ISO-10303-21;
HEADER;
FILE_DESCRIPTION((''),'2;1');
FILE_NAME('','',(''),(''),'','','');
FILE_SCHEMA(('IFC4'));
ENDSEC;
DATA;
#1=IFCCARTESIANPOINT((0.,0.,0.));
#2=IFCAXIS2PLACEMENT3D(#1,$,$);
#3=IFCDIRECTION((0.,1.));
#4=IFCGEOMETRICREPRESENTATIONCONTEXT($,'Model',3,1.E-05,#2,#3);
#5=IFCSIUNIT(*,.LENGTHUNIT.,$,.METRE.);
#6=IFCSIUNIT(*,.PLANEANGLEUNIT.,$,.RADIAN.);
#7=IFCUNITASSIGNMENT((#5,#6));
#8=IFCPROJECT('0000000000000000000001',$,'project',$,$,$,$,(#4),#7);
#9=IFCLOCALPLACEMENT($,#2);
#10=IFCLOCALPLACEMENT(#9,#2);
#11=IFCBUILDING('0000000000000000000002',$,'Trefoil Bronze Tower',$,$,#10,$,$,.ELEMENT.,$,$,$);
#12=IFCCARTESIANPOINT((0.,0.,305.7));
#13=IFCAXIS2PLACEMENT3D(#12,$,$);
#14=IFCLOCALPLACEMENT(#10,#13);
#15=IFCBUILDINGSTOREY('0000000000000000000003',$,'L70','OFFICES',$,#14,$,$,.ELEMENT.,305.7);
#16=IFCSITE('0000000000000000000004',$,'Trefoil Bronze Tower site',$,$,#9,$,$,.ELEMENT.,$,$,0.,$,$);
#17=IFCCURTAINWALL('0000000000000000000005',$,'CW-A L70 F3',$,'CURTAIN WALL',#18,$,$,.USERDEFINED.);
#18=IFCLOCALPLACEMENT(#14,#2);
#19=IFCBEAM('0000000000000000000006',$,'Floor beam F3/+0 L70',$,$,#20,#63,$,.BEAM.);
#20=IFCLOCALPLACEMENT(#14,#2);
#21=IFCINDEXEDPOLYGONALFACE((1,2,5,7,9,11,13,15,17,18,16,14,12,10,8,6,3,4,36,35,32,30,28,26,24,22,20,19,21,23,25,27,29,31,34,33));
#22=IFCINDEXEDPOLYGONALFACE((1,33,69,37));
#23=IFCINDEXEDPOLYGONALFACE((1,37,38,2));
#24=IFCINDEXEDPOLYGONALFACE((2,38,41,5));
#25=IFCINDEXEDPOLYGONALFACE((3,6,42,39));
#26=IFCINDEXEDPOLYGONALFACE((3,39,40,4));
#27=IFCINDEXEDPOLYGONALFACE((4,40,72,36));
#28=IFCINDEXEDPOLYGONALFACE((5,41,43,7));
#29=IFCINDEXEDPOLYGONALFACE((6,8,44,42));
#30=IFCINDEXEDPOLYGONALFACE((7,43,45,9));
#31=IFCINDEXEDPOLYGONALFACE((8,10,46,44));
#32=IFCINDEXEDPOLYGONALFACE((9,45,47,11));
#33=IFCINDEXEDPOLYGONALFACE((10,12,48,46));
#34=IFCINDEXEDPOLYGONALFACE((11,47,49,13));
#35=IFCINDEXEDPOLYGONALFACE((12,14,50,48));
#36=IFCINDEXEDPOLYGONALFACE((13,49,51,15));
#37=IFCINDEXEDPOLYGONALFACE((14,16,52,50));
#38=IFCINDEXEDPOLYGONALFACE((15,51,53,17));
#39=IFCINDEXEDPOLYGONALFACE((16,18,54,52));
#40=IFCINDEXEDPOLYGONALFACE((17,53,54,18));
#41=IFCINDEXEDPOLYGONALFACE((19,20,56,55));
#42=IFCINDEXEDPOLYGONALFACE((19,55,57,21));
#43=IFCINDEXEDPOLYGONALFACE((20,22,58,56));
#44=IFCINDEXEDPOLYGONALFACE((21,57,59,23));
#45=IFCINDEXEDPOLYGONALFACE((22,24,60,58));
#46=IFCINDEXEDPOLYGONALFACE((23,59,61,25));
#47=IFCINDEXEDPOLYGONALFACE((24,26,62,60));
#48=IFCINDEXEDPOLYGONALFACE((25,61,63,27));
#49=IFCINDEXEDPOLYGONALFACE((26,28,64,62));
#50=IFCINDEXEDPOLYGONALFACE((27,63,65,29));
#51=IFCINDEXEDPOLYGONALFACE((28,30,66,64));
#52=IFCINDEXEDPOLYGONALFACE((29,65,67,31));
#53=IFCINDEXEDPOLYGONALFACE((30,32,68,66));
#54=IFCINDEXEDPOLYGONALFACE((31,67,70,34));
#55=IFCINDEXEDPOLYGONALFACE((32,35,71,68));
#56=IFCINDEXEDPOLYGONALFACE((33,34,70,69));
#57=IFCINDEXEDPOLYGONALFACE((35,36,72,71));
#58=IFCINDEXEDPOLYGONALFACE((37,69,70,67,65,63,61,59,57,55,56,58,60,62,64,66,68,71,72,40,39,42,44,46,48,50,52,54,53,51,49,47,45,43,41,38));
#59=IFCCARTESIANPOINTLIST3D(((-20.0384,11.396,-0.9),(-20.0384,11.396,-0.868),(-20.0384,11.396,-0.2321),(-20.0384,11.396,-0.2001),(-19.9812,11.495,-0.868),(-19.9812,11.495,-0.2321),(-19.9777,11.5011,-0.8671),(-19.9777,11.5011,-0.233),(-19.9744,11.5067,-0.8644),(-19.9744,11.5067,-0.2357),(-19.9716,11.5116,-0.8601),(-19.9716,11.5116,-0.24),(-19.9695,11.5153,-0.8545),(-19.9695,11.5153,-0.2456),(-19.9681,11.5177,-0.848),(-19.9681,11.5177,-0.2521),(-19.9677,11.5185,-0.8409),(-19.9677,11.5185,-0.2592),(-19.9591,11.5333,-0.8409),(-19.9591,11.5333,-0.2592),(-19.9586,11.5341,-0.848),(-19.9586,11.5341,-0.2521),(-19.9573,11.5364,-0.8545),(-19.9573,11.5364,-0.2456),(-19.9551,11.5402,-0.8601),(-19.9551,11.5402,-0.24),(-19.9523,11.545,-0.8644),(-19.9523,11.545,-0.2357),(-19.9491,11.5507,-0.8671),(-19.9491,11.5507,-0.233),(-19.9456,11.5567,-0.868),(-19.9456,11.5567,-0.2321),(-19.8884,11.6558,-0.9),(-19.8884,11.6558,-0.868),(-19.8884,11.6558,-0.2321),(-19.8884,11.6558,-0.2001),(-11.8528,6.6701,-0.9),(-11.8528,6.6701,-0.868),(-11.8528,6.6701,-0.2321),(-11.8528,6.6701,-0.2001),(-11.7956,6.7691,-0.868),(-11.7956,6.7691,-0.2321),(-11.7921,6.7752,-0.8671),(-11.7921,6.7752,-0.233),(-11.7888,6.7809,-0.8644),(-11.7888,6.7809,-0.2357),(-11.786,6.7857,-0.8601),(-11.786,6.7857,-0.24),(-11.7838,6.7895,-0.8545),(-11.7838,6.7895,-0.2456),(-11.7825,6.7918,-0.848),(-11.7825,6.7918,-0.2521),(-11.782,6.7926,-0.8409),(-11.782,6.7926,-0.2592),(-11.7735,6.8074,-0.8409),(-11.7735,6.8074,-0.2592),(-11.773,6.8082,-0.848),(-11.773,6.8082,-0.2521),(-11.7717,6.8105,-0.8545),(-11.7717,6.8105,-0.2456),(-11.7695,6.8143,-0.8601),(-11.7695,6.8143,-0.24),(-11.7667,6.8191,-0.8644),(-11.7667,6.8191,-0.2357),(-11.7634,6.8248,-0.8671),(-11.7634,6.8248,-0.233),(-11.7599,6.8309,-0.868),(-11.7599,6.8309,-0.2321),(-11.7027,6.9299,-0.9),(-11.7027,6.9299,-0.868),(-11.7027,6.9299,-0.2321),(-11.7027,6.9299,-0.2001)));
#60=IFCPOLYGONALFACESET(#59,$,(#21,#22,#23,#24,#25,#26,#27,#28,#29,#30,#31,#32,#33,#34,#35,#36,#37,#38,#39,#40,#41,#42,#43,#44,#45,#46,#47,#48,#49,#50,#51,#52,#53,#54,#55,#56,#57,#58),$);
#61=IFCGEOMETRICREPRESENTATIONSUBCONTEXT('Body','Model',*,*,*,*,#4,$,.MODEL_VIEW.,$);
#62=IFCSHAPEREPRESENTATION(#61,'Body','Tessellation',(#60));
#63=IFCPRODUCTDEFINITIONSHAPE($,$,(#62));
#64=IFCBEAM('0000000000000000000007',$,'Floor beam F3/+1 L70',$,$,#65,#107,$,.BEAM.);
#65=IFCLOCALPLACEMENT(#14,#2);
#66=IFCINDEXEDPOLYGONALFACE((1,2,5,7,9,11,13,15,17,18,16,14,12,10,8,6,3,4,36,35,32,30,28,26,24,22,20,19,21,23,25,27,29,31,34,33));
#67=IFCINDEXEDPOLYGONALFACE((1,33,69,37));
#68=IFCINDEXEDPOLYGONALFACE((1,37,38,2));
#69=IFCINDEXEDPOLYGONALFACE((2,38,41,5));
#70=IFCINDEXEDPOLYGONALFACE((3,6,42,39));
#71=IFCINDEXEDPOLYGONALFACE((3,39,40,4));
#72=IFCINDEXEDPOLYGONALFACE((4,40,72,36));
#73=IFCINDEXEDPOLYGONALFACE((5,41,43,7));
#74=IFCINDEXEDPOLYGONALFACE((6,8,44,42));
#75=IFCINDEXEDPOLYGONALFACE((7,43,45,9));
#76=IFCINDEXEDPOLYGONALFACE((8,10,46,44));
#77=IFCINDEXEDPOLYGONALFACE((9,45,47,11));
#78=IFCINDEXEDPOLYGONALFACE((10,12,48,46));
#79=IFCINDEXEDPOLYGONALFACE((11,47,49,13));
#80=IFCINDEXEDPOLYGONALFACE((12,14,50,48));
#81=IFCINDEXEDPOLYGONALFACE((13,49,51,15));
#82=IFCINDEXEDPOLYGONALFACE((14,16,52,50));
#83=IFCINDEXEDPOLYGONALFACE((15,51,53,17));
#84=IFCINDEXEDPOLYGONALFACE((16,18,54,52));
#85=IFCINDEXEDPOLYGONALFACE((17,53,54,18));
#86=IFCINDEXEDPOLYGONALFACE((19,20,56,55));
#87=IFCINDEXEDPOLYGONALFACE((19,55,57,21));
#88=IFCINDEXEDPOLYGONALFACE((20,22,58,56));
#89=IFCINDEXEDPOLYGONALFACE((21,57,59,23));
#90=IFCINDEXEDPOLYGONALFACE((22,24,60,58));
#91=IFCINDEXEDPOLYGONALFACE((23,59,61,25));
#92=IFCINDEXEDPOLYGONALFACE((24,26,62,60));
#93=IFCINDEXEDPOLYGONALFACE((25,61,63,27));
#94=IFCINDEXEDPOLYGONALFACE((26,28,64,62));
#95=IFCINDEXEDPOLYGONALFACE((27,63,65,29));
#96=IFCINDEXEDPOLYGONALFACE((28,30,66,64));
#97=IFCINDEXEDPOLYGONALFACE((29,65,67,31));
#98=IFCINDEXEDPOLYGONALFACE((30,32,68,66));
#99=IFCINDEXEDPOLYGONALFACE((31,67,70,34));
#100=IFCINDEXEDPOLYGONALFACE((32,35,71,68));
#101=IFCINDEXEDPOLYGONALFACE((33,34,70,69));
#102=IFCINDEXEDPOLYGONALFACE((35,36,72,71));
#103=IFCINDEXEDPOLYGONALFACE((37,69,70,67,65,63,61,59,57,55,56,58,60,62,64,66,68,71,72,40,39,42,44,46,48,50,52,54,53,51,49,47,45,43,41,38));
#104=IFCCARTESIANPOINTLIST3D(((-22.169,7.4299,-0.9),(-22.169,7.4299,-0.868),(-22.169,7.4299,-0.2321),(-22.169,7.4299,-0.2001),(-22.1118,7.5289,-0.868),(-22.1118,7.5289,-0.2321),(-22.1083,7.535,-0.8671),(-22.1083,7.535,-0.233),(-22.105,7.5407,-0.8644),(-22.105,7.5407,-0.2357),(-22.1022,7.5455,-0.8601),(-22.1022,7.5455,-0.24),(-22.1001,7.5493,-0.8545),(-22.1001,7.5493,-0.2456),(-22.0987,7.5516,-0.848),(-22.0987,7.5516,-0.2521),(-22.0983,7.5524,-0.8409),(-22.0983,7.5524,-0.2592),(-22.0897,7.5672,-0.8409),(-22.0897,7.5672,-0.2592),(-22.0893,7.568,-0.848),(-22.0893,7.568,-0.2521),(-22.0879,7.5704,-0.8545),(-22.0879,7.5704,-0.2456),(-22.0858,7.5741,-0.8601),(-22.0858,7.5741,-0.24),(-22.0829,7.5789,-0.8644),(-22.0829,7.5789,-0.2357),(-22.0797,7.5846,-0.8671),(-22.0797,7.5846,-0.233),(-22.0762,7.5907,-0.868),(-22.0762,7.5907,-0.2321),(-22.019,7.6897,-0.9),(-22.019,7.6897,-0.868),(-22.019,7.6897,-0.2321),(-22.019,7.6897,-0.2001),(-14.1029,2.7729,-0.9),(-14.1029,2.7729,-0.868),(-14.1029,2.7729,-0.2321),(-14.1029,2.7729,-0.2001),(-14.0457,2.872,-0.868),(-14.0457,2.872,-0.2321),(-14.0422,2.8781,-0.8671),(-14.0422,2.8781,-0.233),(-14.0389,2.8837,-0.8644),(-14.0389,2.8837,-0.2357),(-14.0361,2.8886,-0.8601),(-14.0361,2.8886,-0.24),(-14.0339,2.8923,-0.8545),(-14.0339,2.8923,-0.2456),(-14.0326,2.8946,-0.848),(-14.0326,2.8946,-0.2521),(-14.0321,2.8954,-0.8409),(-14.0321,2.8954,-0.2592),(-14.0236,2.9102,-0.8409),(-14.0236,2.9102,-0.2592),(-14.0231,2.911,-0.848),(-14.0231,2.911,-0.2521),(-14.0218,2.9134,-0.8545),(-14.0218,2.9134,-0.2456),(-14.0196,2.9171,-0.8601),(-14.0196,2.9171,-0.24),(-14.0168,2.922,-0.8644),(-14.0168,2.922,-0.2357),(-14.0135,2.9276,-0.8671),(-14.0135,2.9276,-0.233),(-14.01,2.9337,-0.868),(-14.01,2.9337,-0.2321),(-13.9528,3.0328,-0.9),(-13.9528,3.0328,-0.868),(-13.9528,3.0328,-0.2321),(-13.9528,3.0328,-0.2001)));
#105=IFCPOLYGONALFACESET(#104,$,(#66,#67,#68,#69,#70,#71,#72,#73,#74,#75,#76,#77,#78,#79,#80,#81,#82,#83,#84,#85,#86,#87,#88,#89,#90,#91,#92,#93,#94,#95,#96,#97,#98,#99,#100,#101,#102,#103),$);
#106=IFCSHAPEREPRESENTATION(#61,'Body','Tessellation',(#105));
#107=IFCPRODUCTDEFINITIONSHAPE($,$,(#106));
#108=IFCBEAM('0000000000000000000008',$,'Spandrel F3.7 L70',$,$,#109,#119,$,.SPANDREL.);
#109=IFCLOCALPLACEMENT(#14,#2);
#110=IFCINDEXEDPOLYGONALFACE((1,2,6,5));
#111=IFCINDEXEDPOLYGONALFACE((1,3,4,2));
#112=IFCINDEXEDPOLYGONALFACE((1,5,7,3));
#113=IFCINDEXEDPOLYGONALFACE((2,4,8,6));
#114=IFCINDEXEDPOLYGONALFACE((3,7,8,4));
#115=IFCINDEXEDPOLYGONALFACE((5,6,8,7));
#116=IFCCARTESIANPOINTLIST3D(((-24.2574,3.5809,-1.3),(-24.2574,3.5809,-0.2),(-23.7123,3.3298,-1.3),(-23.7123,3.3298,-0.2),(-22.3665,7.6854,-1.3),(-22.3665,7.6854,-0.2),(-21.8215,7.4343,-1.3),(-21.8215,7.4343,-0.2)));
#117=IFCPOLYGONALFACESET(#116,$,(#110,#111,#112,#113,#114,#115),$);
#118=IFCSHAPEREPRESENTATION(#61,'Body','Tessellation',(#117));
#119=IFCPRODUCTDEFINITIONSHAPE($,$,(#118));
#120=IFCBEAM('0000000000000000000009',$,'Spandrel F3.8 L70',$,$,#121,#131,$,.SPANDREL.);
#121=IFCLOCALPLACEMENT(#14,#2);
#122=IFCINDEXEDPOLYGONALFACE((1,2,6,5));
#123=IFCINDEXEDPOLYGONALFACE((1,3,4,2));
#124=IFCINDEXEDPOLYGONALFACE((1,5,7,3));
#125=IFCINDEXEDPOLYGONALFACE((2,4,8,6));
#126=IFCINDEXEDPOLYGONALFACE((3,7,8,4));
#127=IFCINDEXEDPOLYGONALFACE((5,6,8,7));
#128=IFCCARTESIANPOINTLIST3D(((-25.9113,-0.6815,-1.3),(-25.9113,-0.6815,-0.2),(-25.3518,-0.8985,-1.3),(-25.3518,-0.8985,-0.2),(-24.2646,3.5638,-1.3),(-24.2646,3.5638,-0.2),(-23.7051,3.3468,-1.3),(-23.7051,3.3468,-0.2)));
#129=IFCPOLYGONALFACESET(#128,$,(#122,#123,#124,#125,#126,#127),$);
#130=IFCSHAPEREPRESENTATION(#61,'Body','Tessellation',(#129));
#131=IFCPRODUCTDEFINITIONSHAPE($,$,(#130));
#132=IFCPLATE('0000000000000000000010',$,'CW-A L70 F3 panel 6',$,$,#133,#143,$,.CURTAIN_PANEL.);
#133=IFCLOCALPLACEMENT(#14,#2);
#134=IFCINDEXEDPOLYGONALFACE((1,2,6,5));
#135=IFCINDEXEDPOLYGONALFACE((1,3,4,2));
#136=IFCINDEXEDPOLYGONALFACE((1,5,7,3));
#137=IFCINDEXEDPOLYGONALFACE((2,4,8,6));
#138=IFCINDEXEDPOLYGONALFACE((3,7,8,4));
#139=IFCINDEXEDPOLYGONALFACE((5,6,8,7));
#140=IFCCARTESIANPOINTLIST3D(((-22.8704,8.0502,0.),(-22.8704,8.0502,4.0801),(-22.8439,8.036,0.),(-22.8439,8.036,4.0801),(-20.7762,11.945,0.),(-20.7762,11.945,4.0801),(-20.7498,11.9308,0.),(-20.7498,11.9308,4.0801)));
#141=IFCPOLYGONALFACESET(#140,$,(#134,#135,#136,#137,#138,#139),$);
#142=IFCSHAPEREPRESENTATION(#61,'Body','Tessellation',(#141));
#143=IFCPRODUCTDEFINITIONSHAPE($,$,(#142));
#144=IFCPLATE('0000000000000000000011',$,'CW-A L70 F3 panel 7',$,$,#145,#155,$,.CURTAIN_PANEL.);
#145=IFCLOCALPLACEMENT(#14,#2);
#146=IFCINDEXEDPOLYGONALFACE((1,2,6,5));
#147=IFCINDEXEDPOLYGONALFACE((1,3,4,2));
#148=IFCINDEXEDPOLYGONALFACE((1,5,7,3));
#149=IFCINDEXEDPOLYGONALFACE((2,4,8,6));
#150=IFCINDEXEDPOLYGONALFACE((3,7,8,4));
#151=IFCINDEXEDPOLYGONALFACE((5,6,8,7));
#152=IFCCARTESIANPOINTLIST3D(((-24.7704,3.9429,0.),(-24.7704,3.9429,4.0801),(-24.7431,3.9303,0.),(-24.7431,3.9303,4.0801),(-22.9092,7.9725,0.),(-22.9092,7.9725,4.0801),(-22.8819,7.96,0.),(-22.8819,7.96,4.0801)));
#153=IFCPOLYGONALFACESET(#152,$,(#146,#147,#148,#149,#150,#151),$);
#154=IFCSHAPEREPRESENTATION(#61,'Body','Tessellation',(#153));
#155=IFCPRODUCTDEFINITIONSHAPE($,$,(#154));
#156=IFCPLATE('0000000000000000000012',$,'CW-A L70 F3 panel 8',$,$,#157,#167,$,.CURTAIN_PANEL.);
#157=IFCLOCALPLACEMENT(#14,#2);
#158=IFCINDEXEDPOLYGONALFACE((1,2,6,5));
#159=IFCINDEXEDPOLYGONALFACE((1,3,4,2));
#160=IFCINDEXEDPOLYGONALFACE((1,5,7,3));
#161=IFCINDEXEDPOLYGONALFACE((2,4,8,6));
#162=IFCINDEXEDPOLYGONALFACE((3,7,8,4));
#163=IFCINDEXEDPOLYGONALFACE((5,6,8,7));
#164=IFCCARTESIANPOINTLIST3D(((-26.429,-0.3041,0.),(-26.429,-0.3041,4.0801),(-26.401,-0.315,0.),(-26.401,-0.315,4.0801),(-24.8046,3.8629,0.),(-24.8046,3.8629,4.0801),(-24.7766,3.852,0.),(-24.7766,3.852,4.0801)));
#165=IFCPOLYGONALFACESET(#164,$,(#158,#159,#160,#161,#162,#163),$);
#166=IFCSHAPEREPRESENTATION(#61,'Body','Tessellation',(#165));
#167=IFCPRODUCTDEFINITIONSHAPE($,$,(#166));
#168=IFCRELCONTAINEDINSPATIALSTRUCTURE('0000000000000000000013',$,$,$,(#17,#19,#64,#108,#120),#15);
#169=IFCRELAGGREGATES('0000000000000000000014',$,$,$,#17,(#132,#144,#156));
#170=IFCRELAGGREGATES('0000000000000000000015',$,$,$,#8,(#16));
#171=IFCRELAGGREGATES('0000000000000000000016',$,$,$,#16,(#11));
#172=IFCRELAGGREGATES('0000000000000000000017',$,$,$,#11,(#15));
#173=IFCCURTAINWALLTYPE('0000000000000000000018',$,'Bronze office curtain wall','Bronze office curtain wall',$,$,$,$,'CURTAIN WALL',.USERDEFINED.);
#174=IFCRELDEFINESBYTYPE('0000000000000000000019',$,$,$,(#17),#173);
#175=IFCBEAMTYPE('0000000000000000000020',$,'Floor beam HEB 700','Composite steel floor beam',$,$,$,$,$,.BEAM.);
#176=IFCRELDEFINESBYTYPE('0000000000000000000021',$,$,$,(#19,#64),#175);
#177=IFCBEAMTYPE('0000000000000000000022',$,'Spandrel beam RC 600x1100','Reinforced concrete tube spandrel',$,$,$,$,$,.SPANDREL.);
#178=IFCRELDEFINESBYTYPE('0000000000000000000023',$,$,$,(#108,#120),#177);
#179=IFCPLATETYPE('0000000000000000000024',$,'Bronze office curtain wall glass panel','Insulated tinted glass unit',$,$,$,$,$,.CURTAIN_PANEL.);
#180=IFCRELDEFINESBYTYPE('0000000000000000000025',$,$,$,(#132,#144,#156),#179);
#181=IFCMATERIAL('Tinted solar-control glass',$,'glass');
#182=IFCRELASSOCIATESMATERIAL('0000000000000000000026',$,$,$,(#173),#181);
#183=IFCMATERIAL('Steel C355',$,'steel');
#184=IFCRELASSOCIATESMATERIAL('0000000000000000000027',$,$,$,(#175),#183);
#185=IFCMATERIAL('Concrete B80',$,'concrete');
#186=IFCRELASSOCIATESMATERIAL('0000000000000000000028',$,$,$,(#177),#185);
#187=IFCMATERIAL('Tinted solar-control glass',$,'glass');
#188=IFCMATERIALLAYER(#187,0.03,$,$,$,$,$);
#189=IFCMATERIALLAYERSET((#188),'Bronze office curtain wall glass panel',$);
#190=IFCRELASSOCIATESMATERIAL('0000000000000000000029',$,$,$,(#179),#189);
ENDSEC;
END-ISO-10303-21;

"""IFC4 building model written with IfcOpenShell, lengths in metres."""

from ifc_helpers import new_model, si_unit, direction, frame, origin, origin_2d, place, context, subcontext, project, spatial, rectangle, i_section, extrude, material, layer, layer_set, material_profile, profile_set, type_object, element, aggregate, save


model = new_model("IFC4")

# Units and contexts
model_context = context("Model", 3, precision=1e-05, world=origin(), true_north=direction((0.0, 1.0)))
body_context = subcontext(model_context, "Body", "Model", "MODEL_VIEW")
ifc_project = project(units=[si_unit("LENGTHUNIT", "METRE"), si_unit("PLANEANGLEUNIT", "RADIAN")], contexts=[model_context])

# Site, building, storey
site_placement = place(None, origin())
site = spatial("IfcSite", under=ifc_project, at=site_placement, Name="Trefoil Bronze Tower site", CompositionType="ELEMENT", RefElevation=0.0)
building_placement = place(site_placement, origin())
building = spatial("IfcBuilding", under=site, at=building_placement, Name="Trefoil Bronze Tower", CompositionType="ELEMENT")
storey_placement = place(building_placement, frame((0.0, 0.0, 305.7)))
storey = spatial("IfcBuildingStorey", under=building, at=storey_placement, Name="L70", Description="OFFICES", CompositionType="ELEMENT", Elevation=305.7)

# Curtain wall
ifc_material_1 = material(Name="Tinted solar-control glass", Category="glass")
curtain_wall_type = type_object("IfcCurtainWallType", Name="Bronze office curtain wall", Description="Bronze office curtain wall", ElementType="CURTAIN WALL", PredefinedType="USERDEFINED", material=ifc_material_1)
curtain_wall_placement = place(storey_placement, origin())
curtain_wall = element("IfcCurtainWall", 1, at=curtain_wall_placement, inside=storey, type_object=curtain_wall_type, Name="CW-A L70 F3", ObjectType="CURTAIN WALL", PredefinedType="USERDEFINED")

# Beams
ifc_material_2 = material(Name="Steel C355", Category="steel")
ifc_material_profile_1 = material_profile(ifc_material_2, i_section(OverallWidth=0.3, OverallDepth=0.7, WebThickness=0.0171, FlangeThickness=0.032, FilletRadius=0.0271, at=origin_2d()), Name="HEB 700")
ifc_profile_set_1 = profile_set([ifc_material_profile_1], Name="Steel C355")
beam_type_1 = type_object("IfcBeamType", Name="Floor beam HEB 700", Description="Composite steel floor beam", PredefinedType="BEAM", material=ifc_profile_set_1)
beam_1_placement = place(storey_placement, frame((-19.9634, 11.5259, -0.55), z_axis=(0.86603, -0.499992, 0.0), x_axis=(0.499992, 0.86603, 0.0)))
element("IfcBeam", 2, at=beam_1_placement, inside=storey, type_object=beam_type_1, Name="Floor beam F3/+0 L70", PredefinedType="BEAM", context=body_context, shape_type="SweptSolid", body=[
    extrude(i_section(OverallWidth=0.3, OverallDepth=0.7, WebThickness=0.0171, FlangeThickness=0.032, FilletRadius=0.0271, at=origin_2d()), origin(), (0.0, 0.0, 1.0), 9.4519),
])
beam_2_placement = place(storey_placement, frame((-22.094, 7.5598, -0.55), z_axis=(0.866026, -0.499999, 0.0), x_axis=(0.499999, 0.866026, 0.0)))
element("IfcBeam", 3, at=beam_2_placement, inside=storey, type_object=beam_type_1, Name="Floor beam F3/+1 L70", PredefinedType="BEAM", context=body_context, shape_type="SweptSolid", body=[
    extrude(i_section(OverallWidth=0.3, OverallDepth=0.7, WebThickness=0.0171, FlangeThickness=0.032, FilletRadius=0.0271, at=origin_2d()), origin(), (0.0, 0.0, 1.0), 9.314),
])
ifc_material_3 = material(Name="Concrete B80", Category="concrete")
ifc_material_profile_2 = material_profile(ifc_material_3, rectangle(XDim=0.6001, YDim=1.1001, at=origin_2d()), Name="RC 600x1100")
ifc_profile_set_2 = profile_set([ifc_material_profile_2], Name="Concrete B80")
beam_type_2 = type_object("IfcBeamType", Name="Spandrel beam RC 600x1100", Description="Reinforced concrete tube spandrel", PredefinedType="SPANDREL", material=ifc_profile_set_2)
beam_3_placement = place(storey_placement, frame((-22.094, 7.5598, -0.75), z_axis=(-0.418417, -0.908255, 0.0), x_axis=(0.908255, -0.418417, 0.0)))
element("IfcBeam", 4, at=beam_3_placement, inside=storey, type_object=beam_type_2, Name="Spandrel F3.7 L70", PredefinedType="SPANDREL", context=body_context, shape_type="SweptSolid", body=[
    extrude(rectangle(XDim=0.6001, YDim=1.1001, at=origin_2d()), origin(), (0.0, 0.0, 1.0), 4.519),
])
beam_4_placement = place(storey_placement, frame((-23.9849, 3.4553, -0.75), z_axis=(-0.361636, -0.932319, 0.0), x_axis=(0.932319, -0.361636, 0.0)))
element("IfcBeam", 5, at=beam_4_placement, inside=storey, type_object=beam_type_2, Name="Spandrel F3.8 L70", PredefinedType="SPANDREL", context=body_context, shape_type="SweptSolid", body=[
    extrude(rectangle(XDim=0.6001, YDim=1.1001, at=origin_2d()), origin(), (0.0, 0.0, 1.0), 4.5535),
])

# Plates
ifc_material_4 = material(Name="Tinted solar-control glass", Category="glass")
ifc_layer_1 = layer(ifc_material_4, 0.03)
ifc_layer_set_1 = layer_set([ifc_layer_1], Name="Bronze office curtain wall glass panel")
plate_type = type_object("IfcPlateType", Name="Bronze office curtain wall glass panel", Description="Insulated tinted glass unit", PredefinedType="CURTAIN_PANEL", material=ifc_layer_set_1)
plate_1_placement = place(storey_placement, frame((-21.8101, 9.9905, 0.0), z_axis=(0.0, 0.0, 1.0), x_axis=(-0.473562, -0.88076, 0.0)))
plate_1 = element("IfcPlate", 6, at=plate_1_placement, type_object=plate_type, Name="CW-A L70 F3 panel 6", PredefinedType="CURTAIN_PANEL", context=body_context, shape_type="SweptSolid", body=[
    extrude(rectangle(XDim=4.4221, YDim=0.03, at=origin_2d()), origin(), (0.0, 0.0, 1.0), 4.0801),
])
plate_2_placement = place(storey_placement, frame((-23.8262, 5.9514, 0.0), z_axis=(0.0, 0.0, 1.0), x_axis=(-0.419309, -0.907844, 0.0)))
plate_2 = element("IfcPlate", 7, at=plate_2_placement, type_object=plate_type, Name="CW-A L70 F3 panel 7", PredefinedType="CURTAIN_PANEL", context=body_context, shape_type="SweptSolid", body=[
    extrude(rectangle(XDim=4.4387, YDim=0.03, at=origin_2d()), origin(), (0.0, 0.0, 1.0), 4.0801),
])
plate_3_placement = place(storey_placement, frame((-25.6028, 1.7739, 0.0), z_axis=(0.0, 0.0, 1.0), x_axis=(-0.363199, -0.931712, 0.0)))
plate_3 = element("IfcPlate", 8, at=plate_3_placement, type_object=plate_type, Name="CW-A L70 F3 panel 8", PredefinedType="CURTAIN_PANEL", context=body_context, shape_type="SweptSolid", body=[
    extrude(rectangle(XDim=4.4724, YDim=0.03, at=origin_2d()), origin(), (0.0, 0.0, 1.0), 4.0801),
])
aggregate(curtain_wall, [plate_1, plate_2, plate_3])

save(model, "model.ifc")
